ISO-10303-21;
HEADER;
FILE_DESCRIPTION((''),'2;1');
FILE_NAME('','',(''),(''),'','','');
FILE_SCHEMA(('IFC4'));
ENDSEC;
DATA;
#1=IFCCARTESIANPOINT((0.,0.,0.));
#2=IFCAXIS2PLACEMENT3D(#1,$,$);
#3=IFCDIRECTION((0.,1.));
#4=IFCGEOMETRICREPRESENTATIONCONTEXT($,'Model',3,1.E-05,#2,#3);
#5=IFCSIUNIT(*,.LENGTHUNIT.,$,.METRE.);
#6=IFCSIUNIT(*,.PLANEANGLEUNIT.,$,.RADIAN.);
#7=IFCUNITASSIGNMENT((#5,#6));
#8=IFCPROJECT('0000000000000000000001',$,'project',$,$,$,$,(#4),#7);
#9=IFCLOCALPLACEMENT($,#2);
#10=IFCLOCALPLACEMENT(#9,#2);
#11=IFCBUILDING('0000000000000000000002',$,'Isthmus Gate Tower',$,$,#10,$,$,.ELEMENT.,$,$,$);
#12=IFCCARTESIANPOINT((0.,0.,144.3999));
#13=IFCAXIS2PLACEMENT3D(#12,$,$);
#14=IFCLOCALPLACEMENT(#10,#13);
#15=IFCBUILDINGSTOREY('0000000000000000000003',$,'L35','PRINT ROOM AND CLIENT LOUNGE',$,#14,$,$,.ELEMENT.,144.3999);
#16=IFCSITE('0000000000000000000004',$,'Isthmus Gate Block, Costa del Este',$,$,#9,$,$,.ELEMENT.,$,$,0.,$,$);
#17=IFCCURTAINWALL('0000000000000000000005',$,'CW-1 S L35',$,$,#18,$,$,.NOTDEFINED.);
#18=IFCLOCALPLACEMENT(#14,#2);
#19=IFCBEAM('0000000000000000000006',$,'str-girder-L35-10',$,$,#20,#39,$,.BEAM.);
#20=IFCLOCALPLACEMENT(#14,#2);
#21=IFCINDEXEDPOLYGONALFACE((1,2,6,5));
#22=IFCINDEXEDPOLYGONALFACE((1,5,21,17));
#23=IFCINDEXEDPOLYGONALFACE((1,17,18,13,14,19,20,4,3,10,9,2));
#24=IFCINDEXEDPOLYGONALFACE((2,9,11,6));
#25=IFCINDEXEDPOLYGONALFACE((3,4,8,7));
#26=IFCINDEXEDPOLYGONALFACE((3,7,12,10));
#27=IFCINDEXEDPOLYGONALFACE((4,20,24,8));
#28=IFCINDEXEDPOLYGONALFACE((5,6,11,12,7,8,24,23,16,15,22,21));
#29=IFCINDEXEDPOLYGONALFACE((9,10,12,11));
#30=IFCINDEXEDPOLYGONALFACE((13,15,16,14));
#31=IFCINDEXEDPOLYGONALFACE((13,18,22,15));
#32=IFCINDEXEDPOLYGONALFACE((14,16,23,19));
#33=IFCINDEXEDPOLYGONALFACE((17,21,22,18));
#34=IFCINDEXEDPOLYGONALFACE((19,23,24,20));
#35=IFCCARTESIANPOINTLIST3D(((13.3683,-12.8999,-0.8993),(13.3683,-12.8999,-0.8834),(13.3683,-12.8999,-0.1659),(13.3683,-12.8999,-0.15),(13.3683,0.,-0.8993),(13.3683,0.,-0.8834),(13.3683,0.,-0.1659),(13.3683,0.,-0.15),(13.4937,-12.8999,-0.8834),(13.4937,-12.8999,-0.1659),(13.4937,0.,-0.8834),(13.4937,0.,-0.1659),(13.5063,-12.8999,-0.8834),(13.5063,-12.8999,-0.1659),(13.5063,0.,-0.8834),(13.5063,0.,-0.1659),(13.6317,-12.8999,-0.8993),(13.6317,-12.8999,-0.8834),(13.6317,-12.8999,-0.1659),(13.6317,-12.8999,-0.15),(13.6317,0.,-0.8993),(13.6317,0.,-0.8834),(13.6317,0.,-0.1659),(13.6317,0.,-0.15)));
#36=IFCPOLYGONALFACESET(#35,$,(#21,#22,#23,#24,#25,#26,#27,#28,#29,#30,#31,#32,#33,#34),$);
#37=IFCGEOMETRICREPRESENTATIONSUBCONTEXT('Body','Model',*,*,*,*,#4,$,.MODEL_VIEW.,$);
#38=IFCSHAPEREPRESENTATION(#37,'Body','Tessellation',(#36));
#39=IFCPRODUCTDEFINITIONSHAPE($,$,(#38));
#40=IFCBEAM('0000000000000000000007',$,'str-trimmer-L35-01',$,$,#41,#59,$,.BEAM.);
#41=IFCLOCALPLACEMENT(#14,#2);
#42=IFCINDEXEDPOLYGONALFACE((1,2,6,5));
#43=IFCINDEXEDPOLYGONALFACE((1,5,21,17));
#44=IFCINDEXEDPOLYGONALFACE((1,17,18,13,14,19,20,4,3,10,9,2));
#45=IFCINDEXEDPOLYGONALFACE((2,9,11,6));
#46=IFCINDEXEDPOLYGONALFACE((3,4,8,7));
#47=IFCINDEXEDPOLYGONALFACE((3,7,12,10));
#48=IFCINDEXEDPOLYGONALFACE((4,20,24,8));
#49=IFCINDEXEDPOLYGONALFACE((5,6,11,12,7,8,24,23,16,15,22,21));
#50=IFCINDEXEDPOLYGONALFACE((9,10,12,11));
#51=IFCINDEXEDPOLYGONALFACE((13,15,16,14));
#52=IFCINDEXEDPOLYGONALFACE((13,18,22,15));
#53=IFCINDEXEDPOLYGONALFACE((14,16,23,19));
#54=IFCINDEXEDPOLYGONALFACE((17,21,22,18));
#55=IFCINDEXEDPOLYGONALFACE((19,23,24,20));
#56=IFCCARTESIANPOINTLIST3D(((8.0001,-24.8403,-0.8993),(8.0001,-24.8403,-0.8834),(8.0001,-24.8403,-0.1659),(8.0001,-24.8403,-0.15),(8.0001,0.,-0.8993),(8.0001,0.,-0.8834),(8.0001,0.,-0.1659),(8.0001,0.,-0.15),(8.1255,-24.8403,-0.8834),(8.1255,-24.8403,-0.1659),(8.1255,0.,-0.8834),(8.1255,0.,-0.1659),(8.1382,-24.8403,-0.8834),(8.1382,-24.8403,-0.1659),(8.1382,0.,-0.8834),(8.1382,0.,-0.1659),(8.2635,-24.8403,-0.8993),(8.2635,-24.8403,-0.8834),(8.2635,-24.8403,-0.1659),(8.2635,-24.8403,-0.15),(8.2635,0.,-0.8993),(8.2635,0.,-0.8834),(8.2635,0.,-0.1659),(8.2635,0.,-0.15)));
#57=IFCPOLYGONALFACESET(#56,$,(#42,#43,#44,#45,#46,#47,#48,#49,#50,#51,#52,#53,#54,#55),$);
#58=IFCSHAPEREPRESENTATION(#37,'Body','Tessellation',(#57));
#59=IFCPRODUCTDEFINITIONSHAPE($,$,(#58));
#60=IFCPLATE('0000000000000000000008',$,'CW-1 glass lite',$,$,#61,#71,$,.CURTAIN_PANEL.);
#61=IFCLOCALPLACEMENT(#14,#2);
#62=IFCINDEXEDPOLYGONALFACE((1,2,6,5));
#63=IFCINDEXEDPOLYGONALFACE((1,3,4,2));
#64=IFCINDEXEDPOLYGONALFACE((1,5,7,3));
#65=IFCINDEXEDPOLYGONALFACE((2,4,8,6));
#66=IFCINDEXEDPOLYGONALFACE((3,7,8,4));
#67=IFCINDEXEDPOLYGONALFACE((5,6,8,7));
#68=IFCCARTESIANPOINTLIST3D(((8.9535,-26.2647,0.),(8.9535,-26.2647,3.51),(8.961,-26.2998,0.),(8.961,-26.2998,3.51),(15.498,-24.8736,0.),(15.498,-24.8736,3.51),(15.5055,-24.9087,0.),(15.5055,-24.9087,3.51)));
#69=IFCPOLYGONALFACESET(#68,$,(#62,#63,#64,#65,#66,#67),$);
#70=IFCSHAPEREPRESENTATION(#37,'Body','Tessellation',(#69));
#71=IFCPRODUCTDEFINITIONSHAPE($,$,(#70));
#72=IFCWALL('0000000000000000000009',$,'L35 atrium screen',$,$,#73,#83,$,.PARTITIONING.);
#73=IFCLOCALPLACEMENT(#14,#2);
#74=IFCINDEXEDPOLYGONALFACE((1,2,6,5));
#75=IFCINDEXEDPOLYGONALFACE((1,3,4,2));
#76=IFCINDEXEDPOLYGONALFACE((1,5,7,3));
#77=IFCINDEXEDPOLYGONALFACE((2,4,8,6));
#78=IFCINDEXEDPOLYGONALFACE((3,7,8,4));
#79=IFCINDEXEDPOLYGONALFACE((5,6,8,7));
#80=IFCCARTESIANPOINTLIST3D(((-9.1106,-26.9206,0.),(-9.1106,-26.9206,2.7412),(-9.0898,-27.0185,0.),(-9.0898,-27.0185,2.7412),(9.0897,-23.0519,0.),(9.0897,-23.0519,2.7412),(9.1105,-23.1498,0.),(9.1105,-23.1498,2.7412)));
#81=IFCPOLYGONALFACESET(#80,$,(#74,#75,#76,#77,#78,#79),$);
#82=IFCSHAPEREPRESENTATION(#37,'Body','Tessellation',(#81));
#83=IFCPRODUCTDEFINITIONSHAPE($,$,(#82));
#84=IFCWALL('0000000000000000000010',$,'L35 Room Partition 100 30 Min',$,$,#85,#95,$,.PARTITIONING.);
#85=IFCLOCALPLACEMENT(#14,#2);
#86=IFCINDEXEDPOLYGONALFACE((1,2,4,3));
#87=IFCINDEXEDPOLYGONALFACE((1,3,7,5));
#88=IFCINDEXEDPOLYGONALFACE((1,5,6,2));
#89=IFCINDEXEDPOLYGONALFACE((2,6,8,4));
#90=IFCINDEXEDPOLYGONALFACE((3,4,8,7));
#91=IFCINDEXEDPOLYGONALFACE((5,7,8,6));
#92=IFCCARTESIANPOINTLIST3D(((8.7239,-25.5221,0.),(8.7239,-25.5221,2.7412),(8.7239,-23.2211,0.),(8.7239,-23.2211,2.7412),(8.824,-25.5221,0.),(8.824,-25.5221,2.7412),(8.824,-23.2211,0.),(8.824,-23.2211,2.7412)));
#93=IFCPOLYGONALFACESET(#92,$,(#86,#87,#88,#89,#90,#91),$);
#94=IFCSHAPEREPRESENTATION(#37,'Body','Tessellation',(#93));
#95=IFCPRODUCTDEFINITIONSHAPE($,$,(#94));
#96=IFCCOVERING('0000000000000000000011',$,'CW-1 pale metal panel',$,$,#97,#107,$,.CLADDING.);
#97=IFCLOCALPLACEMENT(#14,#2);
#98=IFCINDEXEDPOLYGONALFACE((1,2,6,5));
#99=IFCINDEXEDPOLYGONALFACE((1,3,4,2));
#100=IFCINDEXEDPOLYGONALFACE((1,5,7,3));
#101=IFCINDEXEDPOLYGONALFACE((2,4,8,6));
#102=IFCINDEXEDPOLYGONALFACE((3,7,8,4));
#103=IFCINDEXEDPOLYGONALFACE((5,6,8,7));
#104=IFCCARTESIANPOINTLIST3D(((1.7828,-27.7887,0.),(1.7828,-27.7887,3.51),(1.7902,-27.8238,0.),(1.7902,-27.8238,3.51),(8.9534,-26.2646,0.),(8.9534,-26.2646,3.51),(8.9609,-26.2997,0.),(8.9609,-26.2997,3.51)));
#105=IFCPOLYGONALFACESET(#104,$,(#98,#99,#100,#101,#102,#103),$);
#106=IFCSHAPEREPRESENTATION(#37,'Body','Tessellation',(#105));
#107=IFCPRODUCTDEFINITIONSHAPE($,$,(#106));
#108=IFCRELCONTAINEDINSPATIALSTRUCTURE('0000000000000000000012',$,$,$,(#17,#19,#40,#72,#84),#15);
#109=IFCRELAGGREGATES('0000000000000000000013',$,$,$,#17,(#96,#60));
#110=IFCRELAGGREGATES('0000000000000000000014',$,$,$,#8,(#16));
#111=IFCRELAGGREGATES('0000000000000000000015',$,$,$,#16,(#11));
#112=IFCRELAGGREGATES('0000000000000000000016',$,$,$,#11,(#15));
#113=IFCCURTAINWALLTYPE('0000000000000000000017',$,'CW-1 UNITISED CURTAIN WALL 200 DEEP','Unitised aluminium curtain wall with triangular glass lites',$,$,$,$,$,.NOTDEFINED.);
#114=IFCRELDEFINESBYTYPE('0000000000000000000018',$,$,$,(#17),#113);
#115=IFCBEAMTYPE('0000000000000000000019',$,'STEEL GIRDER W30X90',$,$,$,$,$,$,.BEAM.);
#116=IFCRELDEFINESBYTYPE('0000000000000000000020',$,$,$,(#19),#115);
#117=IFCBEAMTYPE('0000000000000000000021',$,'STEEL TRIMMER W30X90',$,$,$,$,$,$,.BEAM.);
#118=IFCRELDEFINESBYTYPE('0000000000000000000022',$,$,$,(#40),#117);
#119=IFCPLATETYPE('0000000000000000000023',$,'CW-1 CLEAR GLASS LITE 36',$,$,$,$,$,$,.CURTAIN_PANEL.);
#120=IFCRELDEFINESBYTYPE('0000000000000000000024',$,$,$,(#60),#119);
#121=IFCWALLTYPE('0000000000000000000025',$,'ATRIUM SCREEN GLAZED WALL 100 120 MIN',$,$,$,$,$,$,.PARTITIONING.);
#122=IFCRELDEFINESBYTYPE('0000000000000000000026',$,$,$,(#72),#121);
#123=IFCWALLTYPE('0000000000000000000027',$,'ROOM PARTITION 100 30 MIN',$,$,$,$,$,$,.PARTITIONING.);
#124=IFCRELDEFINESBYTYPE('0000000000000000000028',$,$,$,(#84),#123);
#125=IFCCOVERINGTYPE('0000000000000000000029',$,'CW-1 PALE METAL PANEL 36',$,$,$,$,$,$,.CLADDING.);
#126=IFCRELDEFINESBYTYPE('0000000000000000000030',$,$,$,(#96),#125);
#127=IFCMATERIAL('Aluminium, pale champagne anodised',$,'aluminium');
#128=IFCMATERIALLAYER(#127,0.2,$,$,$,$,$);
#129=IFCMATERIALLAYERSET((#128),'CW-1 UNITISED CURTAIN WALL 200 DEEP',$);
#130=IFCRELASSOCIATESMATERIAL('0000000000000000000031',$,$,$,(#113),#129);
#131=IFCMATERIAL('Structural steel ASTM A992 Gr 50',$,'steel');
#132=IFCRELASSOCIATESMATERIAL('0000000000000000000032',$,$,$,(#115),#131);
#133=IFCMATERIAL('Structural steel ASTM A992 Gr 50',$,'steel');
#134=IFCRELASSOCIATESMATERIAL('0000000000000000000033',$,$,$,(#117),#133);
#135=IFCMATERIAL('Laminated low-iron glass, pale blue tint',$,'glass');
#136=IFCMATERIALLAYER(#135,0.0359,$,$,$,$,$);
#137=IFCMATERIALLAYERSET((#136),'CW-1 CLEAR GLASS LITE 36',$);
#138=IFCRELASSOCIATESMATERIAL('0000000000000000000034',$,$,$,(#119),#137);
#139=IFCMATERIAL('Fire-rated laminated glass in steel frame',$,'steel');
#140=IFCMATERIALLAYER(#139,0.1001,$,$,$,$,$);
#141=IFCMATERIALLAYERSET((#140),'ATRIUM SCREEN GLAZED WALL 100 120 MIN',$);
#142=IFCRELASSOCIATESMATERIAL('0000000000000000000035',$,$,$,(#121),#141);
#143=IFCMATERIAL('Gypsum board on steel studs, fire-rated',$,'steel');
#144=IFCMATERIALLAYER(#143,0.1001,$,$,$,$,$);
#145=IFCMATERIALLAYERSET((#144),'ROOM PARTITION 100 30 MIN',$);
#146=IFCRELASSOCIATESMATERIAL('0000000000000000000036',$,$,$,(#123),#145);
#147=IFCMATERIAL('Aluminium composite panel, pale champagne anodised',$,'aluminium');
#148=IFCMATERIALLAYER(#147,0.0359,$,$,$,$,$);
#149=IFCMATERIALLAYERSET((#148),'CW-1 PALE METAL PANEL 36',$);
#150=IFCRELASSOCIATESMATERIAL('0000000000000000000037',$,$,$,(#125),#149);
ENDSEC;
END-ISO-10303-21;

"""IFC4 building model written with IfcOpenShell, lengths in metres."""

from ifc_helpers import new_model, si_unit, direction, frame, frame_2d, origin, origin_2d, place, context, subcontext, project, spatial, rectangle, i_section, extrude, material, layer, layer_set, material_profile, profile_set, type_object, element, aggregate, save


model = new_model("IFC4")

# Units and contexts
model_context = context("Model", 3, precision=1e-05, world=origin(), true_north=direction((0.0, 1.0)))
body_context = subcontext(model_context, "Body", "Model", "MODEL_VIEW")
ifc_project = project(units=[si_unit("LENGTHUNIT", "METRE"), si_unit("PLANEANGLEUNIT", "RADIAN")], contexts=[model_context])

# Site, building, storey
site_placement = place(None, origin())
site = spatial("IfcSite", under=ifc_project, at=site_placement, Name="Isthmus Gate Block, Costa del Este", CompositionType="ELEMENT", RefElevation=0.0)
building_placement = place(site_placement, origin())
building = spatial("IfcBuilding", under=site, at=building_placement, Name="Isthmus Gate Tower", CompositionType="ELEMENT")
storey_placement = place(building_placement, frame((0.0, 0.0, 144.3999)))
storey = spatial("IfcBuildingStorey", under=building, at=storey_placement, Name="L35", Description="PRINT ROOM AND CLIENT LOUNGE", CompositionType="ELEMENT", Elevation=144.3999)

# Curtain wall
ifc_material_1 = material(Name="Aluminium, pale champagne anodised", Category="aluminium")
ifc_layer_1 = layer(ifc_material_1, 0.2)
ifc_layer_set_1 = layer_set([ifc_layer_1], Name="CW-1 UNITISED CURTAIN WALL 200 DEEP")
curtain_wall_type = type_object("IfcCurtainWallType", Name="CW-1 UNITISED CURTAIN WALL 200 DEEP", Description="Unitised aluminium curtain wall with triangular glass lites", PredefinedType="NOTDEFINED", material=ifc_layer_set_1)
curtain_wall_placement = place(storey_placement, origin())
curtain_wall = element("IfcCurtainWall", 1, at=curtain_wall_placement, inside=storey, type_object=curtain_wall_type, Name="CW-1 S L35", PredefinedType="NOTDEFINED")

# Beams
ifc_material_2 = material(Name="Structural steel ASTM A992 Gr 50", Category="steel")
ifc_material_profile_1 = material_profile(ifc_material_2, i_section(OverallWidth=0.2634, OverallDepth=0.7493, WebThickness=0.0127, FlangeThickness=0.0159, at=origin_2d()), Name="W30X90")
ifc_profile_set_1 = profile_set([ifc_material_profile_1], Name="Structural steel ASTM A992 Gr 50")
beam_type_1 = type_object("IfcBeamType", Name="STEEL GIRDER W30X90", PredefinedType="BEAM", material=ifc_profile_set_1)
beam_1_placement = place(storey_placement, frame((13.5, -12.8999, -0.5247), z_axis=(0.0, 1.0, 0.0), x_axis=(-1.0, 0.0, 0.0)))
element("IfcBeam", 2, at=beam_1_placement, inside=storey, type_object=beam_type_1, Name="str-girder-L35-10", PredefinedType="BEAM", context=body_context, shape_type="SweptSolid", body=[
    extrude(i_section(OverallWidth=0.2634, OverallDepth=0.7493, WebThickness=0.0127, FlangeThickness=0.0159, at=origin_2d()), origin(), (0.0, 0.0, 1.0), 12.8999),
])
ifc_material_3 = material(Name="Structural steel ASTM A992 Gr 50", Category="steel")
ifc_material_profile_2 = material_profile(ifc_material_3, i_section(OverallWidth=0.2634, OverallDepth=0.7493, WebThickness=0.0127, FlangeThickness=0.0159, at=origin_2d()), Name="W30X90")
ifc_profile_set_2 = profile_set([ifc_material_profile_2], Name="Structural steel ASTM A992 Gr 50")
beam_type_2 = type_object("IfcBeamType", Name="STEEL TRIMMER W30X90", PredefinedType="BEAM", material=ifc_profile_set_2)
beam_2_placement = place(storey_placement, frame((8.1318, -24.8403, -0.5247), z_axis=(0.0, 1.0, 0.0), x_axis=(-1.0, 0.0, 0.0)))
element("IfcBeam", 3, at=beam_2_placement, inside=storey, type_object=beam_type_2, Name="str-trimmer-L35-01", PredefinedType="BEAM", context=body_context, shape_type="SweptSolid", body=[
    extrude(i_section(OverallWidth=0.2634, OverallDepth=0.7493, WebThickness=0.0127, FlangeThickness=0.0159, at=origin_2d()), origin(), (0.0, 0.0, 1.0), 24.8403),
])

# Plate
ifc_material_4 = material(Name="Laminated low-iron glass, pale blue tint", Category="glass")
ifc_layer_2 = layer(ifc_material_4, 0.0359)
ifc_layer_set_2 = layer_set([ifc_layer_2], Name="CW-1 CLEAR GLASS LITE 36")
plate_type = type_object("IfcPlateType", Name="CW-1 CLEAR GLASS LITE 36", PredefinedType="CURTAIN_PANEL", material=ifc_layer_set_2)
plate_placement = place(storey_placement, frame((12.2295, -25.5867, 0.0), z_axis=(0.0, 0.0, 1.0), x_axis=(0.978148, 0.207912, 0.0)))
plate = element("IfcPlate", 4, at=plate_placement, type_object=plate_type, Name="CW-1 glass lite", PredefinedType="CURTAIN_PANEL", context=body_context, shape_type="SweptSolid", body=[
    extrude(rectangle(XDim=6.6907, YDim=0.0359, at=origin_2d()), origin(), (0.0, 0.0, 1.0), 3.51),
])

# Walls
ifc_material_5 = material(Name="Fire-rated laminated glass in steel frame", Category="steel")
ifc_layer_3 = layer(ifc_material_5, 0.1001)
ifc_layer_set_3 = layer_set([ifc_layer_3], Name="ATRIUM SCREEN GLAZED WALL 100 120 MIN")
wall_type_1 = type_object("IfcWallType", Name="ATRIUM SCREEN GLAZED WALL 100 120 MIN", PredefinedType="PARTITIONING", material=ifc_layer_set_3)
wall_1_placement = place(storey_placement, frame((9.1001, -23.1008, 0.0), z_axis=(0.0, 0.0, 1.0), x_axis=(-0.978147, -0.207916, 0.0)))
element("IfcWall", 5, at=wall_1_placement, inside=storey, type_object=wall_type_1, Name="L35 atrium screen", PredefinedType="PARTITIONING", context=body_context, shape_type="SweptSolid", body=[
    extrude(rectangle(XDim=18.6069, YDim=0.1001, at=frame_2d((9.3035, 0.0))), origin(), (0.0, 0.0, 1.0), 2.7412),
])
ifc_material_6 = material(Name="Gypsum board on steel studs, fire-rated", Category="steel")
ifc_layer_4 = layer(ifc_material_6, 0.1001)
ifc_layer_set_4 = layer_set([ifc_layer_4], Name="ROOM PARTITION 100 30 MIN")
wall_type_2 = type_object("IfcWallType", Name="ROOM PARTITION 100 30 MIN", PredefinedType="PARTITIONING", material=ifc_layer_set_4)
wall_2_placement = place(storey_placement, frame((8.7739, -25.522, 0.0), z_axis=(0.0, 0.0, 1.0), x_axis=(0.0, 1.0, 0.0)))
element("IfcWall", 6, at=wall_2_placement, inside=storey, type_object=wall_type_2, Name="L35 Room Partition 100 30 Min", PredefinedType="PARTITIONING", context=body_context, shape_type="SweptSolid", body=[
    extrude(rectangle(XDim=2.301, YDim=0.1001, at=frame_2d((1.1504, 0.0))), origin(), (0.0, 0.0, 1.0), 2.7412),
])

# Covering
ifc_material_7 = material(Name="Aluminium composite panel, pale champagne anodised", Category="aluminium")
ifc_layer_5 = layer(ifc_material_7, 0.0359)
ifc_layer_set_5 = layer_set([ifc_layer_5], Name="CW-1 PALE METAL PANEL 36")
covering_type = type_object("IfcCoveringType", Name="CW-1 PALE METAL PANEL 36", PredefinedType="CLADDING", material=ifc_layer_set_5)
covering_placement = place(storey_placement, frame((5.3718, -27.0442, 0.0), z_axis=(0.0, 0.0, 1.0), x_axis=(0.978148, 0.207912, 0.0)))
covering = element("IfcCovering", 7, at=covering_placement, type_object=covering_type, Name="CW-1 pale metal panel", PredefinedType="CLADDING", context=body_context, shape_type="SweptSolid", body=[
    extrude(rectangle(XDim=7.3308, YDim=0.0359, at=origin_2d()), origin(), (0.0, 0.0, 1.0), 3.51),
])
aggregate(curtain_wall, [covering, plate])

save(model, "model.ifc")
